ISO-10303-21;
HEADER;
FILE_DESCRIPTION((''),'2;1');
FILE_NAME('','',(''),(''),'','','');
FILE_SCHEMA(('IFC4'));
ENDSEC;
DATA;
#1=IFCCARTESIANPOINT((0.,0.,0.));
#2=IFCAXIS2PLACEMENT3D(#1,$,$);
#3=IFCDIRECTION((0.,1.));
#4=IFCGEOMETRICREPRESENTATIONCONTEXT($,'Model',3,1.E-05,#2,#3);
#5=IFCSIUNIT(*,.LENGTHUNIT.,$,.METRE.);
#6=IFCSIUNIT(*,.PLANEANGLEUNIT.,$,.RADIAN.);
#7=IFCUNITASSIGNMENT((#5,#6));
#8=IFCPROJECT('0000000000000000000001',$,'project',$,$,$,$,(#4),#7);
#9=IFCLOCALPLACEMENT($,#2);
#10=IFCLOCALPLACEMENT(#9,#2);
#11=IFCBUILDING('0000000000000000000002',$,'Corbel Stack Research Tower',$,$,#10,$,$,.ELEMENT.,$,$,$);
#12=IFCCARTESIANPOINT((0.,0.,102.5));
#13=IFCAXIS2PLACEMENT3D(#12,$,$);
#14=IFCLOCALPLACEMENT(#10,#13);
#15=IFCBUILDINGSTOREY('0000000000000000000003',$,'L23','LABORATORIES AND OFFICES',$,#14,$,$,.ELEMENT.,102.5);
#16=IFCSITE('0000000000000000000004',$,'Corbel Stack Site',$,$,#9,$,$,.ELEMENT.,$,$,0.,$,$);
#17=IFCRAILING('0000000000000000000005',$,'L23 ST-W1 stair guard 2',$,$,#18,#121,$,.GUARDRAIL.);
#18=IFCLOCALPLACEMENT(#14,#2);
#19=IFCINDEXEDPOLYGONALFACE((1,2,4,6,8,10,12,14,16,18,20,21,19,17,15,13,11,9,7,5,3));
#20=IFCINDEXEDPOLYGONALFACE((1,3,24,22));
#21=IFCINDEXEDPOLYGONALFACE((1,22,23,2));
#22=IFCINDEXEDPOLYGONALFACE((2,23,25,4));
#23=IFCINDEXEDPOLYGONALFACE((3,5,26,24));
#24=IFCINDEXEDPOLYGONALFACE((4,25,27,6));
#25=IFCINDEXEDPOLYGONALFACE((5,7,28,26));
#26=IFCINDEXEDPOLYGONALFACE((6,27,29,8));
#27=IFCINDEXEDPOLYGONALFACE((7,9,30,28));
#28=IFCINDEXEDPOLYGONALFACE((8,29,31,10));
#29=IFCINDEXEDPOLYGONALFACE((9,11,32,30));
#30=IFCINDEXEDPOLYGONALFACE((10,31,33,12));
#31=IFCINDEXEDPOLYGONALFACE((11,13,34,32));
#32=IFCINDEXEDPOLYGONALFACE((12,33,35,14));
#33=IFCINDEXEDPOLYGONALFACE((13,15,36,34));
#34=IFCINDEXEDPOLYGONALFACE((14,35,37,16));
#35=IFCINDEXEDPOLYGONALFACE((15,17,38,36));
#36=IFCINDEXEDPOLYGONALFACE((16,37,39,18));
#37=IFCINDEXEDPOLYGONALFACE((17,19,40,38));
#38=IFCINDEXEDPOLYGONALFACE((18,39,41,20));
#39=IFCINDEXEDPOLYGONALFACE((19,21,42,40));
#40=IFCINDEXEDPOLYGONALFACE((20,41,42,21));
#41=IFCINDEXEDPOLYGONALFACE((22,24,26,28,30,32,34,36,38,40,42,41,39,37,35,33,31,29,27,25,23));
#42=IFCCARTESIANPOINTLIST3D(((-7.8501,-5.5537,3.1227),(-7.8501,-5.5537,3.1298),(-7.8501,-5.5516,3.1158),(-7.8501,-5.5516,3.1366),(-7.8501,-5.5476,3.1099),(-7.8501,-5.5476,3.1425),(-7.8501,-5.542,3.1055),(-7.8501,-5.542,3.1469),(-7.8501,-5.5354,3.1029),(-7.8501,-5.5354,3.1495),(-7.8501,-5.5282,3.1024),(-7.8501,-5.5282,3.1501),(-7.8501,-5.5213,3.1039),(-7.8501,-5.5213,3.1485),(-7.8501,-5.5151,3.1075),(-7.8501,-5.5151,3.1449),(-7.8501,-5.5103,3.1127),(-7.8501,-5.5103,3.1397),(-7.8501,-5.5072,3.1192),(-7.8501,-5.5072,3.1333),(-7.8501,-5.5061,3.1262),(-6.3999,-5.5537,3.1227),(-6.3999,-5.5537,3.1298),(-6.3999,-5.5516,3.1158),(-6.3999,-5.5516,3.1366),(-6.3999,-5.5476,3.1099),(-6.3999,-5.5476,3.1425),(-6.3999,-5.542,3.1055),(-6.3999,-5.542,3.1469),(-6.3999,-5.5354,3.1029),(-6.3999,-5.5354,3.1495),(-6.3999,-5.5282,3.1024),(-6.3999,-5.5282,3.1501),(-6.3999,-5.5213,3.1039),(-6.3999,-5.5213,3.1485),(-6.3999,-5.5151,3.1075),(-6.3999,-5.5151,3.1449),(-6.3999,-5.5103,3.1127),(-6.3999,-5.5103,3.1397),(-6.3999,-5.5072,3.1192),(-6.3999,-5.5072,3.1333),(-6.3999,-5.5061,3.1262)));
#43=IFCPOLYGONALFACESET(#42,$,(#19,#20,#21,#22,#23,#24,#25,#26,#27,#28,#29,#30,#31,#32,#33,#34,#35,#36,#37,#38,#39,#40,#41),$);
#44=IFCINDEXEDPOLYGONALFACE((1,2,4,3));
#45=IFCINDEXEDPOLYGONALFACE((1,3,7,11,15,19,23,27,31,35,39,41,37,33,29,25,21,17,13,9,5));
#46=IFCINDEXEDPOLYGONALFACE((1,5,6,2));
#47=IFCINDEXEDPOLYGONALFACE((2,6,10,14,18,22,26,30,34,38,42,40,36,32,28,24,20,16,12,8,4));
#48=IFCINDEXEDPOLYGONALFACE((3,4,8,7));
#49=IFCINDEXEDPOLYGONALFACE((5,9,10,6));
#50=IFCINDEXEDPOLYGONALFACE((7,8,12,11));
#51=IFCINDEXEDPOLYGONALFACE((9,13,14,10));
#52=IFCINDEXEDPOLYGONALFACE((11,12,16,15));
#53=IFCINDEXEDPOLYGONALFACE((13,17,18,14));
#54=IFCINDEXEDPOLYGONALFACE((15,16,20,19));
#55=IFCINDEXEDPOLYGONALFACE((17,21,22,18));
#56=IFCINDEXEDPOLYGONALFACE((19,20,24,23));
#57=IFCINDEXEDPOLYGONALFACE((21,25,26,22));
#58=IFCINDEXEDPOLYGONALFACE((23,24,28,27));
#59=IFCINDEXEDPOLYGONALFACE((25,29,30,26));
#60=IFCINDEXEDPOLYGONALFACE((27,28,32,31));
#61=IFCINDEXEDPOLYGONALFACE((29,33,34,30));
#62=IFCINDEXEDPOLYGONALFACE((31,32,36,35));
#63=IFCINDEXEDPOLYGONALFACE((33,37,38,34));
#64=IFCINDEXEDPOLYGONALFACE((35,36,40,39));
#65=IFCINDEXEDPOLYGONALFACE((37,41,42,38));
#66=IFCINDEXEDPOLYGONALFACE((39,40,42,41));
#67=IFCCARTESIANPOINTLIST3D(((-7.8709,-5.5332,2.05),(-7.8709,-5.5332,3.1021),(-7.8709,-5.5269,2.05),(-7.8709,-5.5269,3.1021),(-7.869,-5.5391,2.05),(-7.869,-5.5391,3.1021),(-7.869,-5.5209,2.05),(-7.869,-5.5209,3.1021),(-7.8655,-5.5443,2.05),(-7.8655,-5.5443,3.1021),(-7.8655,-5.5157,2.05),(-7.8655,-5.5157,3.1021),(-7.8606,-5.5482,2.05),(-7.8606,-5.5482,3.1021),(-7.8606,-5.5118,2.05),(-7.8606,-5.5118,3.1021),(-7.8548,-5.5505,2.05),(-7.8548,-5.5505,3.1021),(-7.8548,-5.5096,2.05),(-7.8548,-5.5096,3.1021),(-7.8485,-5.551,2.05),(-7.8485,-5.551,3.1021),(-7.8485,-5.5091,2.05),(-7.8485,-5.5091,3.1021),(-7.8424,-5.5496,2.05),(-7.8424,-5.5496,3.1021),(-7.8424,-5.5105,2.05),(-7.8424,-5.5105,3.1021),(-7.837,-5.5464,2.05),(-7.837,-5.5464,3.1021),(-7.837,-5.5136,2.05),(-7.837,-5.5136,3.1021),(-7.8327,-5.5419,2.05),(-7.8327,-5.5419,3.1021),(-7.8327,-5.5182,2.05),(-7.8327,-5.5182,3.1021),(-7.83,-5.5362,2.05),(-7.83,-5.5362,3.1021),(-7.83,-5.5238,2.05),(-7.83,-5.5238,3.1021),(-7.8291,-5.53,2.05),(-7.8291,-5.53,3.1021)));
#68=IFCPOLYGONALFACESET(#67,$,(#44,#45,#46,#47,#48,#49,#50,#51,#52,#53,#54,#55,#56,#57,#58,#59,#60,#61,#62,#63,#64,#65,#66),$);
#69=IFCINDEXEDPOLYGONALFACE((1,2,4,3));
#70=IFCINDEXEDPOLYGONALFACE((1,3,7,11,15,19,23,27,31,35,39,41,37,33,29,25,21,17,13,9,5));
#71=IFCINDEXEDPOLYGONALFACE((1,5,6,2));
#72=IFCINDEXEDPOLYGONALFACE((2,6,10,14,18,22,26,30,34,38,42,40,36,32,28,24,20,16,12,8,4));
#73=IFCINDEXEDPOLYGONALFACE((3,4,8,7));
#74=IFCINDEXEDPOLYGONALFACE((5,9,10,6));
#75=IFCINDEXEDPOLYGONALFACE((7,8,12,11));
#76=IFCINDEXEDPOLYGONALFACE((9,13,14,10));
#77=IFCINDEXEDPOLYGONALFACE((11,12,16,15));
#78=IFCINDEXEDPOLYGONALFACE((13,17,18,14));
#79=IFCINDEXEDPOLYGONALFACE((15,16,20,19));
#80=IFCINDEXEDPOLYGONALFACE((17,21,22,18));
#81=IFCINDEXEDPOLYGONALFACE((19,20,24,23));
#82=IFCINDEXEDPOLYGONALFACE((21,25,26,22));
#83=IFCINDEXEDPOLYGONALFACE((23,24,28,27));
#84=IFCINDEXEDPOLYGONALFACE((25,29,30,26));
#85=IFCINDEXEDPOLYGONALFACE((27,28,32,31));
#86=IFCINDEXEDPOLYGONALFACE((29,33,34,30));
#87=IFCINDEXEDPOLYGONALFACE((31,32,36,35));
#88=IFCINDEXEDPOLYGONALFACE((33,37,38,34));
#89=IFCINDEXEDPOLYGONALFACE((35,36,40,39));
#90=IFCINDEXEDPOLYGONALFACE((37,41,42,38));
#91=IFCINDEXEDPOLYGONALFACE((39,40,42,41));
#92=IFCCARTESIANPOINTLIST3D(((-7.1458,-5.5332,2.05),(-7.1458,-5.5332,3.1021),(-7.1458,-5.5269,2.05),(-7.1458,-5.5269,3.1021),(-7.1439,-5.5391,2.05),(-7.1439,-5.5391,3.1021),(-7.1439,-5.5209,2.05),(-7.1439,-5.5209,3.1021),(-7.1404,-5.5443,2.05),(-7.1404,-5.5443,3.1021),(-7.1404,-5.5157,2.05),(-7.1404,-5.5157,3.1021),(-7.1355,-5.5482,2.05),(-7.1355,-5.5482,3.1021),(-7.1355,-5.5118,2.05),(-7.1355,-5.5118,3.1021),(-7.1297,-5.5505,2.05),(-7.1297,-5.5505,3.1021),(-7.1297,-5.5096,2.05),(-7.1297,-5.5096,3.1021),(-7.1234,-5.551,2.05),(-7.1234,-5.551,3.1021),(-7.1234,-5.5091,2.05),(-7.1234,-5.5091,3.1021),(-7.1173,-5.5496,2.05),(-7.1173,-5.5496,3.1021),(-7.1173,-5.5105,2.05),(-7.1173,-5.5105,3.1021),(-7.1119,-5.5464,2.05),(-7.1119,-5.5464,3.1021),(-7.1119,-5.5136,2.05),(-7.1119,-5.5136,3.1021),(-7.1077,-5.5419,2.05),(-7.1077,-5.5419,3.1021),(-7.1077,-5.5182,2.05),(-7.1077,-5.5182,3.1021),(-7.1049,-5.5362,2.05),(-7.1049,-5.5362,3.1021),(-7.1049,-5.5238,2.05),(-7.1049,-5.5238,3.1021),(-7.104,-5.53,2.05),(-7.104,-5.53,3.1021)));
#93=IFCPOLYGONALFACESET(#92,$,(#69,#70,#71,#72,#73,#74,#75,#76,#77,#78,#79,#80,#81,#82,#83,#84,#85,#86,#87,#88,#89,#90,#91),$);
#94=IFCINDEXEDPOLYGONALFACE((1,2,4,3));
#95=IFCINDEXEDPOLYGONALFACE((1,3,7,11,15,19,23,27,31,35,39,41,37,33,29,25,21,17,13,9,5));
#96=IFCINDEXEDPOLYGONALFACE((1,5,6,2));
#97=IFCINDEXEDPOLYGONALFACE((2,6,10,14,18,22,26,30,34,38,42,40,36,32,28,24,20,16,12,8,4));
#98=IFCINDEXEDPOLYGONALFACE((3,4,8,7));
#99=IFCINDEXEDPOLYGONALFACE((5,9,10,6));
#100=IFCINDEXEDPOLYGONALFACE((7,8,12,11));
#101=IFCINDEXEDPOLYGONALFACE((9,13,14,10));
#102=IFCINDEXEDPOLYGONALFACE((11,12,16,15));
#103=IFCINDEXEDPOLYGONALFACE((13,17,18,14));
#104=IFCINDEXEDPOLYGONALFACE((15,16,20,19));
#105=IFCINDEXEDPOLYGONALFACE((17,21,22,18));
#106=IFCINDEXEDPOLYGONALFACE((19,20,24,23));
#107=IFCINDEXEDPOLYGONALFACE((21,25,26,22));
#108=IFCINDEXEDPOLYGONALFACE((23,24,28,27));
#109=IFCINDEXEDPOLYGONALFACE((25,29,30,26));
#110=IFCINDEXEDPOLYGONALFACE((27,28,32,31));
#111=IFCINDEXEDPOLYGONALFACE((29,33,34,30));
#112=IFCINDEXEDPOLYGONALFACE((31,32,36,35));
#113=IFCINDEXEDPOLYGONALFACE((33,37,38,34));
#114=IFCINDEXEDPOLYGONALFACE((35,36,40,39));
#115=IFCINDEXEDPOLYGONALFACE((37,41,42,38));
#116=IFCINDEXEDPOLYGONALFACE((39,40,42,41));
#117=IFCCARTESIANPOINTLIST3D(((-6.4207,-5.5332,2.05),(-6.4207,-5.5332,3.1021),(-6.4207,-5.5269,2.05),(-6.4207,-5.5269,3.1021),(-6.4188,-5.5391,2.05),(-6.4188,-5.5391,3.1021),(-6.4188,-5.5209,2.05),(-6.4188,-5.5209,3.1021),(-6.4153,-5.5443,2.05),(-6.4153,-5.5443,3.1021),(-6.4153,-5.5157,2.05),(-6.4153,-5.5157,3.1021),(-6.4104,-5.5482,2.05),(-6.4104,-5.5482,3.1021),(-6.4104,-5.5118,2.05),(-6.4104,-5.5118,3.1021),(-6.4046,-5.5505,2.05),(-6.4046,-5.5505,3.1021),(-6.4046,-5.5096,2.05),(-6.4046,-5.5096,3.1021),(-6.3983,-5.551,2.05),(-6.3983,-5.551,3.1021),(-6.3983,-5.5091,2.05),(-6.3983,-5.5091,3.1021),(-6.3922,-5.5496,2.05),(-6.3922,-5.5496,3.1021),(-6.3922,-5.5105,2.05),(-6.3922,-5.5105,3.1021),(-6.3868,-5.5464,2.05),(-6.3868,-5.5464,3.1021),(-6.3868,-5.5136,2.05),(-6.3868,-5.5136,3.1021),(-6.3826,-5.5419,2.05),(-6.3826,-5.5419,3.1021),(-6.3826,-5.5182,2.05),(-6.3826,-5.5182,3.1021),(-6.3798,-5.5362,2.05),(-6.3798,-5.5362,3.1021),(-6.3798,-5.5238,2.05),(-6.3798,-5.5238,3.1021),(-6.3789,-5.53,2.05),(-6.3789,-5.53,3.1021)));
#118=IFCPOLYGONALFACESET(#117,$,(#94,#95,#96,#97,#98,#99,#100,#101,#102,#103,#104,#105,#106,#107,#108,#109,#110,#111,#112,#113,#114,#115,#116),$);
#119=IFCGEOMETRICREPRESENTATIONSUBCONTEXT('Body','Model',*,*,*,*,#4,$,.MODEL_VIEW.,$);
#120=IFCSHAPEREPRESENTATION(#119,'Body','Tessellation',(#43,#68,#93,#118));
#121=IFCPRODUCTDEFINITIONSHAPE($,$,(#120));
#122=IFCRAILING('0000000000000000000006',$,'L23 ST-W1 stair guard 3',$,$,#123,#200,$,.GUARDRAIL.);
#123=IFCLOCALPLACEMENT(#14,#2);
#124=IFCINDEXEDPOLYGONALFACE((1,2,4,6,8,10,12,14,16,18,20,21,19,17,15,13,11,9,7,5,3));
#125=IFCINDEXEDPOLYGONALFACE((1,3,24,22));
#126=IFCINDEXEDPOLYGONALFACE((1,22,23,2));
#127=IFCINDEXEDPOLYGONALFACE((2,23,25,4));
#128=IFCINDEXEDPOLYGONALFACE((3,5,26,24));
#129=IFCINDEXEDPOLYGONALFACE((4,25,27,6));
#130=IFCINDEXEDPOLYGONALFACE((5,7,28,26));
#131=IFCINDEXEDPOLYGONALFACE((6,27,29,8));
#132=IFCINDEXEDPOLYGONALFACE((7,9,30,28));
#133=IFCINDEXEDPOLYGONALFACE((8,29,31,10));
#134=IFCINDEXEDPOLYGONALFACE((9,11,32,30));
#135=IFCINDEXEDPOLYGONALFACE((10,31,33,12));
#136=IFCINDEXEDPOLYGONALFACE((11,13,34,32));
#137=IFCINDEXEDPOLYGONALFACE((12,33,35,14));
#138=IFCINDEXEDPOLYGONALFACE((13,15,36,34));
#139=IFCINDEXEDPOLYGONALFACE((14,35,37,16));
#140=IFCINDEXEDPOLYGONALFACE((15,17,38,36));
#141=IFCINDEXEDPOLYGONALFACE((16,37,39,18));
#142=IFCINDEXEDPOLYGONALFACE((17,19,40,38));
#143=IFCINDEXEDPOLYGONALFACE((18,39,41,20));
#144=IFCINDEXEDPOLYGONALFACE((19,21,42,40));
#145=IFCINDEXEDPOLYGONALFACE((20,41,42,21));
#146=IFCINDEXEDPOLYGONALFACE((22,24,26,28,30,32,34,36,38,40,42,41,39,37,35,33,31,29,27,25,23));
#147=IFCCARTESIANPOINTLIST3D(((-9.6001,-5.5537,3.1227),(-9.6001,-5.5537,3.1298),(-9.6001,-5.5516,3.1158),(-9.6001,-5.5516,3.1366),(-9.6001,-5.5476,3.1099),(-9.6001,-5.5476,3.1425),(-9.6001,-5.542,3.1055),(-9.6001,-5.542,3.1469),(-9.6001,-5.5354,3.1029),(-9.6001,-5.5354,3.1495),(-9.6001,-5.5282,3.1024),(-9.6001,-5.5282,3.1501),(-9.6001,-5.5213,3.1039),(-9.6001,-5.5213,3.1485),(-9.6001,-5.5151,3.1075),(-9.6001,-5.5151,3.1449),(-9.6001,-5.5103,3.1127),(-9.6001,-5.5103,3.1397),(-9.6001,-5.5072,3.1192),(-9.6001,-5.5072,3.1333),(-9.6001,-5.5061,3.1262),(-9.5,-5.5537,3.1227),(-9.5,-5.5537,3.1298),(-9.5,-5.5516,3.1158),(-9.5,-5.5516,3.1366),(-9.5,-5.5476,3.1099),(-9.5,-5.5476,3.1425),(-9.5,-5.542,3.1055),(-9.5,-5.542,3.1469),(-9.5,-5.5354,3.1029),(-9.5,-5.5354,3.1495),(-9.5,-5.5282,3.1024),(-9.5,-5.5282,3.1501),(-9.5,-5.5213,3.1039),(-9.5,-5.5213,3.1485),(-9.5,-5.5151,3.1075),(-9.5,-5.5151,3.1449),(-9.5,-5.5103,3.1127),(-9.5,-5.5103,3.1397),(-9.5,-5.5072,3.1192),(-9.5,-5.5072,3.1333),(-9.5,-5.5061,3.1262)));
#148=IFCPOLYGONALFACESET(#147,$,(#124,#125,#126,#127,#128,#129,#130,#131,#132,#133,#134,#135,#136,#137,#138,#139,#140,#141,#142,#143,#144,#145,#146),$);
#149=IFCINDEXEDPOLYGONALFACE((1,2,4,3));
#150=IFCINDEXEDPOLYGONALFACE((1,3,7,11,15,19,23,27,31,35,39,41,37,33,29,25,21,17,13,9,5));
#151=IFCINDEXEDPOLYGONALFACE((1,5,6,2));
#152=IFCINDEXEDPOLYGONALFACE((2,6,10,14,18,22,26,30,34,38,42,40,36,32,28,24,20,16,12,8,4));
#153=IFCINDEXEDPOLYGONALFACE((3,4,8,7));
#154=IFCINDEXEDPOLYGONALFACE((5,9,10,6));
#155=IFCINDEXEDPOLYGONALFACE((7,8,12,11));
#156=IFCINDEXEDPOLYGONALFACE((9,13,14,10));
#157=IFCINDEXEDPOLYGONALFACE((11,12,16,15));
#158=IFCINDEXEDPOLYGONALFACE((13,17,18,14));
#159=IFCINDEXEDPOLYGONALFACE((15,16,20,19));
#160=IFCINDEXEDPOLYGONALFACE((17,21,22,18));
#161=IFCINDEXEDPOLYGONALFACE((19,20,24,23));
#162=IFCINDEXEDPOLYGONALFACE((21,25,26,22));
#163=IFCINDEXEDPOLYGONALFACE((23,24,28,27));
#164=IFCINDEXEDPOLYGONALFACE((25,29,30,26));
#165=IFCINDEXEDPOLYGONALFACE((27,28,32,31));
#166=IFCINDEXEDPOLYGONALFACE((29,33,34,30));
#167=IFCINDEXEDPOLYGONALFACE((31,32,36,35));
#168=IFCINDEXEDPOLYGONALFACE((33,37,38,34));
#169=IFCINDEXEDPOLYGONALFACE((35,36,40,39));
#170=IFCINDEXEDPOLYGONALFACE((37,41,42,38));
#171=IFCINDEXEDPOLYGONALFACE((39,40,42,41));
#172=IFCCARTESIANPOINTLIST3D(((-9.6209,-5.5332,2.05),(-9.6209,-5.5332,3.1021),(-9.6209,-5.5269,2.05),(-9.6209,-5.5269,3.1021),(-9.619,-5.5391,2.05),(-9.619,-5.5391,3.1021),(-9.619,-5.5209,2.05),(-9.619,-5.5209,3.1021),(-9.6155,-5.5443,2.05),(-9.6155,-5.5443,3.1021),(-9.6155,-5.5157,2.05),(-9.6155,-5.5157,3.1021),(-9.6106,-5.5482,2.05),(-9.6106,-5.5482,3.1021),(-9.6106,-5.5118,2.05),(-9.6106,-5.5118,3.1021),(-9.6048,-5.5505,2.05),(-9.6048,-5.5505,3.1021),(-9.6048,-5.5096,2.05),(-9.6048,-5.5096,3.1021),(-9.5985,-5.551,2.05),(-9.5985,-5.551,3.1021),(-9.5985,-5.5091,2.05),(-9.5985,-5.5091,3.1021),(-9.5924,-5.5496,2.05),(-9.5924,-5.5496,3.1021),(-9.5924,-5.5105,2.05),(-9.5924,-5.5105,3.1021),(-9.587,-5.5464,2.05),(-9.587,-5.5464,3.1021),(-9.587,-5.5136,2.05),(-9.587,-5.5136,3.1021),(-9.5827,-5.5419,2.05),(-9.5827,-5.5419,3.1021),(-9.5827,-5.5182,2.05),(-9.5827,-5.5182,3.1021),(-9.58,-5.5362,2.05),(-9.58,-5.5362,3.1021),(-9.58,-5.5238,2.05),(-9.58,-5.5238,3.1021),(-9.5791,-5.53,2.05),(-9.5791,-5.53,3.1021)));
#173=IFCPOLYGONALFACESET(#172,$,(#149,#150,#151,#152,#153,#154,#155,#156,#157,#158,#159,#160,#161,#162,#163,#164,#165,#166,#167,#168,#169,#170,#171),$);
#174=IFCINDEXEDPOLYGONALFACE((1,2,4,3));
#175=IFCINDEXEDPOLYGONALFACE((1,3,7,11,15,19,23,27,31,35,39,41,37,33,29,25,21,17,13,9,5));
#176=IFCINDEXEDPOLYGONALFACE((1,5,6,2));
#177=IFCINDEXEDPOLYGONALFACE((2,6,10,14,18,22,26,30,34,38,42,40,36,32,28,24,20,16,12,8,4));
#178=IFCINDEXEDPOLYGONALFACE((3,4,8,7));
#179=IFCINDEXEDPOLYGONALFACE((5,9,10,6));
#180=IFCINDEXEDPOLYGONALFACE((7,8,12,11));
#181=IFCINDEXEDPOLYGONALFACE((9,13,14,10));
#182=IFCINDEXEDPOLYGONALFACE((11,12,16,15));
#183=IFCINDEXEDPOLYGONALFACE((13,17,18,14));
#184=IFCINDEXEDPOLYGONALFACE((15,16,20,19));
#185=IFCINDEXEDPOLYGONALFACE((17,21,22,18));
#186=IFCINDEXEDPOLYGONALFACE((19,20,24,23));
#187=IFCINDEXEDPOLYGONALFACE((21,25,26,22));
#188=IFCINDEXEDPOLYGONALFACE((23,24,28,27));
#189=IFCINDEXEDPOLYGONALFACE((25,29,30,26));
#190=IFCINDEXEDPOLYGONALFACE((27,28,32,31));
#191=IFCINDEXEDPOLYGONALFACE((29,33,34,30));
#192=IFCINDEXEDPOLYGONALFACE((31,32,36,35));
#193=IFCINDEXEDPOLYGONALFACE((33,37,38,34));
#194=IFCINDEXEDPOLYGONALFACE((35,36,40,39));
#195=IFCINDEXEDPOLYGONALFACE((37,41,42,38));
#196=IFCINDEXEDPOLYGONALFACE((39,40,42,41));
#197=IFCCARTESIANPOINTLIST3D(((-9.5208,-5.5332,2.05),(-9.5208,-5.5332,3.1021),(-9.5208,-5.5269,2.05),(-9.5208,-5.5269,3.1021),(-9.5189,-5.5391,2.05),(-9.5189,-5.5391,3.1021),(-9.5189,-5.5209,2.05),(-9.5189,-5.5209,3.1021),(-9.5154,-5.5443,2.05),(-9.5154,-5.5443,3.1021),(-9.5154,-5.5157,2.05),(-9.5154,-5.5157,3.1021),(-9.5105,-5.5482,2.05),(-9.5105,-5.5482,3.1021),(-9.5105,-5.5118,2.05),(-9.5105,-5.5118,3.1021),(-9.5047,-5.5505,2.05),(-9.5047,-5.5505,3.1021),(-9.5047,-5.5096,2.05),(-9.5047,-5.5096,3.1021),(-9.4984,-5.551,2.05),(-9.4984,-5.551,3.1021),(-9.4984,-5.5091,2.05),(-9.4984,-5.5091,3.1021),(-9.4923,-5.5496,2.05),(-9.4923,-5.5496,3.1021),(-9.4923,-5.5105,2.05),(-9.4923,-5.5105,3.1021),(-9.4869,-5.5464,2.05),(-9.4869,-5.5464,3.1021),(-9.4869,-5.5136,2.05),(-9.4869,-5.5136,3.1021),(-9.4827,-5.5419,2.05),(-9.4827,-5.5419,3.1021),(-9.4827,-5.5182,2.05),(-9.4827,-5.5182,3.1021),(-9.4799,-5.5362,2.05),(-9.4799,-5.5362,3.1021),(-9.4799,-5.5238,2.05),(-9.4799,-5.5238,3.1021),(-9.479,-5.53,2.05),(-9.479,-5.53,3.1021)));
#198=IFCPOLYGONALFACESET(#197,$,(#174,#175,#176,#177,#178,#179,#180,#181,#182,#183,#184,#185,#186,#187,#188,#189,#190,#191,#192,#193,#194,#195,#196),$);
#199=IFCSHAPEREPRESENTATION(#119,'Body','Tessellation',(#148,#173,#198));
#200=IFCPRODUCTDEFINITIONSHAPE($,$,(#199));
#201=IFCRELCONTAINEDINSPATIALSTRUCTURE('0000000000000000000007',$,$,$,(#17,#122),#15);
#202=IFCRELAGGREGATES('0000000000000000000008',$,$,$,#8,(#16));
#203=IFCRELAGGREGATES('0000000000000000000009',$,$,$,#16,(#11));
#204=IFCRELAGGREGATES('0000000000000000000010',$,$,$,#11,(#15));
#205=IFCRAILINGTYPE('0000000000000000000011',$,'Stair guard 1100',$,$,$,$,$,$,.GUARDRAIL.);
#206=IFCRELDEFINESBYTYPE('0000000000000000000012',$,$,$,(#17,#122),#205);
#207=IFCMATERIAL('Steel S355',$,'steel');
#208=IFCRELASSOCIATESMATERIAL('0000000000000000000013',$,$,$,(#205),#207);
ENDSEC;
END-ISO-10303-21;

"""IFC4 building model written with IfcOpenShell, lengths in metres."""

from ifc_helpers import new_model, si_unit, direction, frame, origin, origin_2d, place, context, subcontext, project, spatial, circle, extrude, material, type_object, element, save


model = new_model("IFC4")

# Units and contexts
model_context = context("Model", 3, precision=1e-05, world=origin(), true_north=direction((0.0, 1.0)))
body_context = subcontext(model_context, "Body", "Model", "MODEL_VIEW")
ifc_project = project(units=[si_unit("LENGTHUNIT", "METRE"), si_unit("PLANEANGLEUNIT", "RADIAN")], contexts=[model_context])

# Site, building, storey
site_placement = place(None, origin())
site = spatial("IfcSite", under=ifc_project, at=site_placement, Name="Corbel Stack Site", CompositionType="ELEMENT", RefElevation=0.0)
building_placement = place(site_placement, origin())
building = spatial("IfcBuilding", under=site, at=building_placement, Name="Corbel Stack Research Tower", CompositionType="ELEMENT")
storey_placement = place(building_placement, frame((0.0, 0.0, 102.5)))
storey = spatial("IfcBuildingStorey", under=building, at=storey_placement, Name="L23", Description="LABORATORIES AND OFFICES", CompositionType="ELEMENT", Elevation=102.5)

# Railings
ifc_material_1 = material(Name="Steel S355", Category="steel")
railing_type = type_object("IfcRailingType", Name="Stair guard 1100", PredefinedType="GUARDRAIL", material=ifc_material_1)
railing_1_placement = place(storey_placement, frame((-7.8501, -5.53, 2.05)))
element("IfcRailing", 1, at=railing_1_placement, inside=storey, type_object=railing_type, Name="L23 ST-W1 stair guard 2", PredefinedType="GUARDRAIL", context=body_context, shape_type="SweptSolid", body=[
    extrude(circle(Radius=0.0239, at=origin_2d()), frame((0.0, 0.0, 1.0762), z_axis=(1.0, 0.0, 0.0), x_axis=(0.0, 1.0, 0.0)), (0.0, 0.0, 1.0), 1.4502),
    extrude(circle(Radius=0.021, at=origin_2d()), origin(), (0.0, 0.0, 1.0), 1.052),
    extrude(circle(Radius=0.021, at=origin_2d()), frame((0.7251, 0.0, 0.0)), (0.0, 0.0, 1.0), 1.052),
    extrude(circle(Radius=0.021, at=origin_2d()), frame((1.4502, 0.0, 0.0)), (0.0, 0.0, 1.0), 1.052),
])
railing_2_placement = place(storey_placement, frame((-9.6001, -5.53, 2.05)))
element("IfcRailing", 2, at=railing_2_placement, inside=storey, type_object=railing_type, Name="L23 ST-W1 stair guard 3", PredefinedType="GUARDRAIL", context=body_context, shape_type="SweptSolid", body=[
    extrude(circle(Radius=0.0239, at=origin_2d()), frame((0.0, 0.0, 1.0762), z_axis=(1.0, 0.0, 0.0), x_axis=(0.0, 1.0, 0.0)), (0.0, 0.0, 1.0), 0.1001),
    extrude(circle(Radius=0.021, at=origin_2d()), origin(), (0.0, 0.0, 1.0), 1.052),
    extrude(circle(Radius=0.021, at=origin_2d()), frame((0.1001, 0.0, 0.0)), (0.0, 0.0, 1.0), 1.052),
])

save(model, "model.ifc")
